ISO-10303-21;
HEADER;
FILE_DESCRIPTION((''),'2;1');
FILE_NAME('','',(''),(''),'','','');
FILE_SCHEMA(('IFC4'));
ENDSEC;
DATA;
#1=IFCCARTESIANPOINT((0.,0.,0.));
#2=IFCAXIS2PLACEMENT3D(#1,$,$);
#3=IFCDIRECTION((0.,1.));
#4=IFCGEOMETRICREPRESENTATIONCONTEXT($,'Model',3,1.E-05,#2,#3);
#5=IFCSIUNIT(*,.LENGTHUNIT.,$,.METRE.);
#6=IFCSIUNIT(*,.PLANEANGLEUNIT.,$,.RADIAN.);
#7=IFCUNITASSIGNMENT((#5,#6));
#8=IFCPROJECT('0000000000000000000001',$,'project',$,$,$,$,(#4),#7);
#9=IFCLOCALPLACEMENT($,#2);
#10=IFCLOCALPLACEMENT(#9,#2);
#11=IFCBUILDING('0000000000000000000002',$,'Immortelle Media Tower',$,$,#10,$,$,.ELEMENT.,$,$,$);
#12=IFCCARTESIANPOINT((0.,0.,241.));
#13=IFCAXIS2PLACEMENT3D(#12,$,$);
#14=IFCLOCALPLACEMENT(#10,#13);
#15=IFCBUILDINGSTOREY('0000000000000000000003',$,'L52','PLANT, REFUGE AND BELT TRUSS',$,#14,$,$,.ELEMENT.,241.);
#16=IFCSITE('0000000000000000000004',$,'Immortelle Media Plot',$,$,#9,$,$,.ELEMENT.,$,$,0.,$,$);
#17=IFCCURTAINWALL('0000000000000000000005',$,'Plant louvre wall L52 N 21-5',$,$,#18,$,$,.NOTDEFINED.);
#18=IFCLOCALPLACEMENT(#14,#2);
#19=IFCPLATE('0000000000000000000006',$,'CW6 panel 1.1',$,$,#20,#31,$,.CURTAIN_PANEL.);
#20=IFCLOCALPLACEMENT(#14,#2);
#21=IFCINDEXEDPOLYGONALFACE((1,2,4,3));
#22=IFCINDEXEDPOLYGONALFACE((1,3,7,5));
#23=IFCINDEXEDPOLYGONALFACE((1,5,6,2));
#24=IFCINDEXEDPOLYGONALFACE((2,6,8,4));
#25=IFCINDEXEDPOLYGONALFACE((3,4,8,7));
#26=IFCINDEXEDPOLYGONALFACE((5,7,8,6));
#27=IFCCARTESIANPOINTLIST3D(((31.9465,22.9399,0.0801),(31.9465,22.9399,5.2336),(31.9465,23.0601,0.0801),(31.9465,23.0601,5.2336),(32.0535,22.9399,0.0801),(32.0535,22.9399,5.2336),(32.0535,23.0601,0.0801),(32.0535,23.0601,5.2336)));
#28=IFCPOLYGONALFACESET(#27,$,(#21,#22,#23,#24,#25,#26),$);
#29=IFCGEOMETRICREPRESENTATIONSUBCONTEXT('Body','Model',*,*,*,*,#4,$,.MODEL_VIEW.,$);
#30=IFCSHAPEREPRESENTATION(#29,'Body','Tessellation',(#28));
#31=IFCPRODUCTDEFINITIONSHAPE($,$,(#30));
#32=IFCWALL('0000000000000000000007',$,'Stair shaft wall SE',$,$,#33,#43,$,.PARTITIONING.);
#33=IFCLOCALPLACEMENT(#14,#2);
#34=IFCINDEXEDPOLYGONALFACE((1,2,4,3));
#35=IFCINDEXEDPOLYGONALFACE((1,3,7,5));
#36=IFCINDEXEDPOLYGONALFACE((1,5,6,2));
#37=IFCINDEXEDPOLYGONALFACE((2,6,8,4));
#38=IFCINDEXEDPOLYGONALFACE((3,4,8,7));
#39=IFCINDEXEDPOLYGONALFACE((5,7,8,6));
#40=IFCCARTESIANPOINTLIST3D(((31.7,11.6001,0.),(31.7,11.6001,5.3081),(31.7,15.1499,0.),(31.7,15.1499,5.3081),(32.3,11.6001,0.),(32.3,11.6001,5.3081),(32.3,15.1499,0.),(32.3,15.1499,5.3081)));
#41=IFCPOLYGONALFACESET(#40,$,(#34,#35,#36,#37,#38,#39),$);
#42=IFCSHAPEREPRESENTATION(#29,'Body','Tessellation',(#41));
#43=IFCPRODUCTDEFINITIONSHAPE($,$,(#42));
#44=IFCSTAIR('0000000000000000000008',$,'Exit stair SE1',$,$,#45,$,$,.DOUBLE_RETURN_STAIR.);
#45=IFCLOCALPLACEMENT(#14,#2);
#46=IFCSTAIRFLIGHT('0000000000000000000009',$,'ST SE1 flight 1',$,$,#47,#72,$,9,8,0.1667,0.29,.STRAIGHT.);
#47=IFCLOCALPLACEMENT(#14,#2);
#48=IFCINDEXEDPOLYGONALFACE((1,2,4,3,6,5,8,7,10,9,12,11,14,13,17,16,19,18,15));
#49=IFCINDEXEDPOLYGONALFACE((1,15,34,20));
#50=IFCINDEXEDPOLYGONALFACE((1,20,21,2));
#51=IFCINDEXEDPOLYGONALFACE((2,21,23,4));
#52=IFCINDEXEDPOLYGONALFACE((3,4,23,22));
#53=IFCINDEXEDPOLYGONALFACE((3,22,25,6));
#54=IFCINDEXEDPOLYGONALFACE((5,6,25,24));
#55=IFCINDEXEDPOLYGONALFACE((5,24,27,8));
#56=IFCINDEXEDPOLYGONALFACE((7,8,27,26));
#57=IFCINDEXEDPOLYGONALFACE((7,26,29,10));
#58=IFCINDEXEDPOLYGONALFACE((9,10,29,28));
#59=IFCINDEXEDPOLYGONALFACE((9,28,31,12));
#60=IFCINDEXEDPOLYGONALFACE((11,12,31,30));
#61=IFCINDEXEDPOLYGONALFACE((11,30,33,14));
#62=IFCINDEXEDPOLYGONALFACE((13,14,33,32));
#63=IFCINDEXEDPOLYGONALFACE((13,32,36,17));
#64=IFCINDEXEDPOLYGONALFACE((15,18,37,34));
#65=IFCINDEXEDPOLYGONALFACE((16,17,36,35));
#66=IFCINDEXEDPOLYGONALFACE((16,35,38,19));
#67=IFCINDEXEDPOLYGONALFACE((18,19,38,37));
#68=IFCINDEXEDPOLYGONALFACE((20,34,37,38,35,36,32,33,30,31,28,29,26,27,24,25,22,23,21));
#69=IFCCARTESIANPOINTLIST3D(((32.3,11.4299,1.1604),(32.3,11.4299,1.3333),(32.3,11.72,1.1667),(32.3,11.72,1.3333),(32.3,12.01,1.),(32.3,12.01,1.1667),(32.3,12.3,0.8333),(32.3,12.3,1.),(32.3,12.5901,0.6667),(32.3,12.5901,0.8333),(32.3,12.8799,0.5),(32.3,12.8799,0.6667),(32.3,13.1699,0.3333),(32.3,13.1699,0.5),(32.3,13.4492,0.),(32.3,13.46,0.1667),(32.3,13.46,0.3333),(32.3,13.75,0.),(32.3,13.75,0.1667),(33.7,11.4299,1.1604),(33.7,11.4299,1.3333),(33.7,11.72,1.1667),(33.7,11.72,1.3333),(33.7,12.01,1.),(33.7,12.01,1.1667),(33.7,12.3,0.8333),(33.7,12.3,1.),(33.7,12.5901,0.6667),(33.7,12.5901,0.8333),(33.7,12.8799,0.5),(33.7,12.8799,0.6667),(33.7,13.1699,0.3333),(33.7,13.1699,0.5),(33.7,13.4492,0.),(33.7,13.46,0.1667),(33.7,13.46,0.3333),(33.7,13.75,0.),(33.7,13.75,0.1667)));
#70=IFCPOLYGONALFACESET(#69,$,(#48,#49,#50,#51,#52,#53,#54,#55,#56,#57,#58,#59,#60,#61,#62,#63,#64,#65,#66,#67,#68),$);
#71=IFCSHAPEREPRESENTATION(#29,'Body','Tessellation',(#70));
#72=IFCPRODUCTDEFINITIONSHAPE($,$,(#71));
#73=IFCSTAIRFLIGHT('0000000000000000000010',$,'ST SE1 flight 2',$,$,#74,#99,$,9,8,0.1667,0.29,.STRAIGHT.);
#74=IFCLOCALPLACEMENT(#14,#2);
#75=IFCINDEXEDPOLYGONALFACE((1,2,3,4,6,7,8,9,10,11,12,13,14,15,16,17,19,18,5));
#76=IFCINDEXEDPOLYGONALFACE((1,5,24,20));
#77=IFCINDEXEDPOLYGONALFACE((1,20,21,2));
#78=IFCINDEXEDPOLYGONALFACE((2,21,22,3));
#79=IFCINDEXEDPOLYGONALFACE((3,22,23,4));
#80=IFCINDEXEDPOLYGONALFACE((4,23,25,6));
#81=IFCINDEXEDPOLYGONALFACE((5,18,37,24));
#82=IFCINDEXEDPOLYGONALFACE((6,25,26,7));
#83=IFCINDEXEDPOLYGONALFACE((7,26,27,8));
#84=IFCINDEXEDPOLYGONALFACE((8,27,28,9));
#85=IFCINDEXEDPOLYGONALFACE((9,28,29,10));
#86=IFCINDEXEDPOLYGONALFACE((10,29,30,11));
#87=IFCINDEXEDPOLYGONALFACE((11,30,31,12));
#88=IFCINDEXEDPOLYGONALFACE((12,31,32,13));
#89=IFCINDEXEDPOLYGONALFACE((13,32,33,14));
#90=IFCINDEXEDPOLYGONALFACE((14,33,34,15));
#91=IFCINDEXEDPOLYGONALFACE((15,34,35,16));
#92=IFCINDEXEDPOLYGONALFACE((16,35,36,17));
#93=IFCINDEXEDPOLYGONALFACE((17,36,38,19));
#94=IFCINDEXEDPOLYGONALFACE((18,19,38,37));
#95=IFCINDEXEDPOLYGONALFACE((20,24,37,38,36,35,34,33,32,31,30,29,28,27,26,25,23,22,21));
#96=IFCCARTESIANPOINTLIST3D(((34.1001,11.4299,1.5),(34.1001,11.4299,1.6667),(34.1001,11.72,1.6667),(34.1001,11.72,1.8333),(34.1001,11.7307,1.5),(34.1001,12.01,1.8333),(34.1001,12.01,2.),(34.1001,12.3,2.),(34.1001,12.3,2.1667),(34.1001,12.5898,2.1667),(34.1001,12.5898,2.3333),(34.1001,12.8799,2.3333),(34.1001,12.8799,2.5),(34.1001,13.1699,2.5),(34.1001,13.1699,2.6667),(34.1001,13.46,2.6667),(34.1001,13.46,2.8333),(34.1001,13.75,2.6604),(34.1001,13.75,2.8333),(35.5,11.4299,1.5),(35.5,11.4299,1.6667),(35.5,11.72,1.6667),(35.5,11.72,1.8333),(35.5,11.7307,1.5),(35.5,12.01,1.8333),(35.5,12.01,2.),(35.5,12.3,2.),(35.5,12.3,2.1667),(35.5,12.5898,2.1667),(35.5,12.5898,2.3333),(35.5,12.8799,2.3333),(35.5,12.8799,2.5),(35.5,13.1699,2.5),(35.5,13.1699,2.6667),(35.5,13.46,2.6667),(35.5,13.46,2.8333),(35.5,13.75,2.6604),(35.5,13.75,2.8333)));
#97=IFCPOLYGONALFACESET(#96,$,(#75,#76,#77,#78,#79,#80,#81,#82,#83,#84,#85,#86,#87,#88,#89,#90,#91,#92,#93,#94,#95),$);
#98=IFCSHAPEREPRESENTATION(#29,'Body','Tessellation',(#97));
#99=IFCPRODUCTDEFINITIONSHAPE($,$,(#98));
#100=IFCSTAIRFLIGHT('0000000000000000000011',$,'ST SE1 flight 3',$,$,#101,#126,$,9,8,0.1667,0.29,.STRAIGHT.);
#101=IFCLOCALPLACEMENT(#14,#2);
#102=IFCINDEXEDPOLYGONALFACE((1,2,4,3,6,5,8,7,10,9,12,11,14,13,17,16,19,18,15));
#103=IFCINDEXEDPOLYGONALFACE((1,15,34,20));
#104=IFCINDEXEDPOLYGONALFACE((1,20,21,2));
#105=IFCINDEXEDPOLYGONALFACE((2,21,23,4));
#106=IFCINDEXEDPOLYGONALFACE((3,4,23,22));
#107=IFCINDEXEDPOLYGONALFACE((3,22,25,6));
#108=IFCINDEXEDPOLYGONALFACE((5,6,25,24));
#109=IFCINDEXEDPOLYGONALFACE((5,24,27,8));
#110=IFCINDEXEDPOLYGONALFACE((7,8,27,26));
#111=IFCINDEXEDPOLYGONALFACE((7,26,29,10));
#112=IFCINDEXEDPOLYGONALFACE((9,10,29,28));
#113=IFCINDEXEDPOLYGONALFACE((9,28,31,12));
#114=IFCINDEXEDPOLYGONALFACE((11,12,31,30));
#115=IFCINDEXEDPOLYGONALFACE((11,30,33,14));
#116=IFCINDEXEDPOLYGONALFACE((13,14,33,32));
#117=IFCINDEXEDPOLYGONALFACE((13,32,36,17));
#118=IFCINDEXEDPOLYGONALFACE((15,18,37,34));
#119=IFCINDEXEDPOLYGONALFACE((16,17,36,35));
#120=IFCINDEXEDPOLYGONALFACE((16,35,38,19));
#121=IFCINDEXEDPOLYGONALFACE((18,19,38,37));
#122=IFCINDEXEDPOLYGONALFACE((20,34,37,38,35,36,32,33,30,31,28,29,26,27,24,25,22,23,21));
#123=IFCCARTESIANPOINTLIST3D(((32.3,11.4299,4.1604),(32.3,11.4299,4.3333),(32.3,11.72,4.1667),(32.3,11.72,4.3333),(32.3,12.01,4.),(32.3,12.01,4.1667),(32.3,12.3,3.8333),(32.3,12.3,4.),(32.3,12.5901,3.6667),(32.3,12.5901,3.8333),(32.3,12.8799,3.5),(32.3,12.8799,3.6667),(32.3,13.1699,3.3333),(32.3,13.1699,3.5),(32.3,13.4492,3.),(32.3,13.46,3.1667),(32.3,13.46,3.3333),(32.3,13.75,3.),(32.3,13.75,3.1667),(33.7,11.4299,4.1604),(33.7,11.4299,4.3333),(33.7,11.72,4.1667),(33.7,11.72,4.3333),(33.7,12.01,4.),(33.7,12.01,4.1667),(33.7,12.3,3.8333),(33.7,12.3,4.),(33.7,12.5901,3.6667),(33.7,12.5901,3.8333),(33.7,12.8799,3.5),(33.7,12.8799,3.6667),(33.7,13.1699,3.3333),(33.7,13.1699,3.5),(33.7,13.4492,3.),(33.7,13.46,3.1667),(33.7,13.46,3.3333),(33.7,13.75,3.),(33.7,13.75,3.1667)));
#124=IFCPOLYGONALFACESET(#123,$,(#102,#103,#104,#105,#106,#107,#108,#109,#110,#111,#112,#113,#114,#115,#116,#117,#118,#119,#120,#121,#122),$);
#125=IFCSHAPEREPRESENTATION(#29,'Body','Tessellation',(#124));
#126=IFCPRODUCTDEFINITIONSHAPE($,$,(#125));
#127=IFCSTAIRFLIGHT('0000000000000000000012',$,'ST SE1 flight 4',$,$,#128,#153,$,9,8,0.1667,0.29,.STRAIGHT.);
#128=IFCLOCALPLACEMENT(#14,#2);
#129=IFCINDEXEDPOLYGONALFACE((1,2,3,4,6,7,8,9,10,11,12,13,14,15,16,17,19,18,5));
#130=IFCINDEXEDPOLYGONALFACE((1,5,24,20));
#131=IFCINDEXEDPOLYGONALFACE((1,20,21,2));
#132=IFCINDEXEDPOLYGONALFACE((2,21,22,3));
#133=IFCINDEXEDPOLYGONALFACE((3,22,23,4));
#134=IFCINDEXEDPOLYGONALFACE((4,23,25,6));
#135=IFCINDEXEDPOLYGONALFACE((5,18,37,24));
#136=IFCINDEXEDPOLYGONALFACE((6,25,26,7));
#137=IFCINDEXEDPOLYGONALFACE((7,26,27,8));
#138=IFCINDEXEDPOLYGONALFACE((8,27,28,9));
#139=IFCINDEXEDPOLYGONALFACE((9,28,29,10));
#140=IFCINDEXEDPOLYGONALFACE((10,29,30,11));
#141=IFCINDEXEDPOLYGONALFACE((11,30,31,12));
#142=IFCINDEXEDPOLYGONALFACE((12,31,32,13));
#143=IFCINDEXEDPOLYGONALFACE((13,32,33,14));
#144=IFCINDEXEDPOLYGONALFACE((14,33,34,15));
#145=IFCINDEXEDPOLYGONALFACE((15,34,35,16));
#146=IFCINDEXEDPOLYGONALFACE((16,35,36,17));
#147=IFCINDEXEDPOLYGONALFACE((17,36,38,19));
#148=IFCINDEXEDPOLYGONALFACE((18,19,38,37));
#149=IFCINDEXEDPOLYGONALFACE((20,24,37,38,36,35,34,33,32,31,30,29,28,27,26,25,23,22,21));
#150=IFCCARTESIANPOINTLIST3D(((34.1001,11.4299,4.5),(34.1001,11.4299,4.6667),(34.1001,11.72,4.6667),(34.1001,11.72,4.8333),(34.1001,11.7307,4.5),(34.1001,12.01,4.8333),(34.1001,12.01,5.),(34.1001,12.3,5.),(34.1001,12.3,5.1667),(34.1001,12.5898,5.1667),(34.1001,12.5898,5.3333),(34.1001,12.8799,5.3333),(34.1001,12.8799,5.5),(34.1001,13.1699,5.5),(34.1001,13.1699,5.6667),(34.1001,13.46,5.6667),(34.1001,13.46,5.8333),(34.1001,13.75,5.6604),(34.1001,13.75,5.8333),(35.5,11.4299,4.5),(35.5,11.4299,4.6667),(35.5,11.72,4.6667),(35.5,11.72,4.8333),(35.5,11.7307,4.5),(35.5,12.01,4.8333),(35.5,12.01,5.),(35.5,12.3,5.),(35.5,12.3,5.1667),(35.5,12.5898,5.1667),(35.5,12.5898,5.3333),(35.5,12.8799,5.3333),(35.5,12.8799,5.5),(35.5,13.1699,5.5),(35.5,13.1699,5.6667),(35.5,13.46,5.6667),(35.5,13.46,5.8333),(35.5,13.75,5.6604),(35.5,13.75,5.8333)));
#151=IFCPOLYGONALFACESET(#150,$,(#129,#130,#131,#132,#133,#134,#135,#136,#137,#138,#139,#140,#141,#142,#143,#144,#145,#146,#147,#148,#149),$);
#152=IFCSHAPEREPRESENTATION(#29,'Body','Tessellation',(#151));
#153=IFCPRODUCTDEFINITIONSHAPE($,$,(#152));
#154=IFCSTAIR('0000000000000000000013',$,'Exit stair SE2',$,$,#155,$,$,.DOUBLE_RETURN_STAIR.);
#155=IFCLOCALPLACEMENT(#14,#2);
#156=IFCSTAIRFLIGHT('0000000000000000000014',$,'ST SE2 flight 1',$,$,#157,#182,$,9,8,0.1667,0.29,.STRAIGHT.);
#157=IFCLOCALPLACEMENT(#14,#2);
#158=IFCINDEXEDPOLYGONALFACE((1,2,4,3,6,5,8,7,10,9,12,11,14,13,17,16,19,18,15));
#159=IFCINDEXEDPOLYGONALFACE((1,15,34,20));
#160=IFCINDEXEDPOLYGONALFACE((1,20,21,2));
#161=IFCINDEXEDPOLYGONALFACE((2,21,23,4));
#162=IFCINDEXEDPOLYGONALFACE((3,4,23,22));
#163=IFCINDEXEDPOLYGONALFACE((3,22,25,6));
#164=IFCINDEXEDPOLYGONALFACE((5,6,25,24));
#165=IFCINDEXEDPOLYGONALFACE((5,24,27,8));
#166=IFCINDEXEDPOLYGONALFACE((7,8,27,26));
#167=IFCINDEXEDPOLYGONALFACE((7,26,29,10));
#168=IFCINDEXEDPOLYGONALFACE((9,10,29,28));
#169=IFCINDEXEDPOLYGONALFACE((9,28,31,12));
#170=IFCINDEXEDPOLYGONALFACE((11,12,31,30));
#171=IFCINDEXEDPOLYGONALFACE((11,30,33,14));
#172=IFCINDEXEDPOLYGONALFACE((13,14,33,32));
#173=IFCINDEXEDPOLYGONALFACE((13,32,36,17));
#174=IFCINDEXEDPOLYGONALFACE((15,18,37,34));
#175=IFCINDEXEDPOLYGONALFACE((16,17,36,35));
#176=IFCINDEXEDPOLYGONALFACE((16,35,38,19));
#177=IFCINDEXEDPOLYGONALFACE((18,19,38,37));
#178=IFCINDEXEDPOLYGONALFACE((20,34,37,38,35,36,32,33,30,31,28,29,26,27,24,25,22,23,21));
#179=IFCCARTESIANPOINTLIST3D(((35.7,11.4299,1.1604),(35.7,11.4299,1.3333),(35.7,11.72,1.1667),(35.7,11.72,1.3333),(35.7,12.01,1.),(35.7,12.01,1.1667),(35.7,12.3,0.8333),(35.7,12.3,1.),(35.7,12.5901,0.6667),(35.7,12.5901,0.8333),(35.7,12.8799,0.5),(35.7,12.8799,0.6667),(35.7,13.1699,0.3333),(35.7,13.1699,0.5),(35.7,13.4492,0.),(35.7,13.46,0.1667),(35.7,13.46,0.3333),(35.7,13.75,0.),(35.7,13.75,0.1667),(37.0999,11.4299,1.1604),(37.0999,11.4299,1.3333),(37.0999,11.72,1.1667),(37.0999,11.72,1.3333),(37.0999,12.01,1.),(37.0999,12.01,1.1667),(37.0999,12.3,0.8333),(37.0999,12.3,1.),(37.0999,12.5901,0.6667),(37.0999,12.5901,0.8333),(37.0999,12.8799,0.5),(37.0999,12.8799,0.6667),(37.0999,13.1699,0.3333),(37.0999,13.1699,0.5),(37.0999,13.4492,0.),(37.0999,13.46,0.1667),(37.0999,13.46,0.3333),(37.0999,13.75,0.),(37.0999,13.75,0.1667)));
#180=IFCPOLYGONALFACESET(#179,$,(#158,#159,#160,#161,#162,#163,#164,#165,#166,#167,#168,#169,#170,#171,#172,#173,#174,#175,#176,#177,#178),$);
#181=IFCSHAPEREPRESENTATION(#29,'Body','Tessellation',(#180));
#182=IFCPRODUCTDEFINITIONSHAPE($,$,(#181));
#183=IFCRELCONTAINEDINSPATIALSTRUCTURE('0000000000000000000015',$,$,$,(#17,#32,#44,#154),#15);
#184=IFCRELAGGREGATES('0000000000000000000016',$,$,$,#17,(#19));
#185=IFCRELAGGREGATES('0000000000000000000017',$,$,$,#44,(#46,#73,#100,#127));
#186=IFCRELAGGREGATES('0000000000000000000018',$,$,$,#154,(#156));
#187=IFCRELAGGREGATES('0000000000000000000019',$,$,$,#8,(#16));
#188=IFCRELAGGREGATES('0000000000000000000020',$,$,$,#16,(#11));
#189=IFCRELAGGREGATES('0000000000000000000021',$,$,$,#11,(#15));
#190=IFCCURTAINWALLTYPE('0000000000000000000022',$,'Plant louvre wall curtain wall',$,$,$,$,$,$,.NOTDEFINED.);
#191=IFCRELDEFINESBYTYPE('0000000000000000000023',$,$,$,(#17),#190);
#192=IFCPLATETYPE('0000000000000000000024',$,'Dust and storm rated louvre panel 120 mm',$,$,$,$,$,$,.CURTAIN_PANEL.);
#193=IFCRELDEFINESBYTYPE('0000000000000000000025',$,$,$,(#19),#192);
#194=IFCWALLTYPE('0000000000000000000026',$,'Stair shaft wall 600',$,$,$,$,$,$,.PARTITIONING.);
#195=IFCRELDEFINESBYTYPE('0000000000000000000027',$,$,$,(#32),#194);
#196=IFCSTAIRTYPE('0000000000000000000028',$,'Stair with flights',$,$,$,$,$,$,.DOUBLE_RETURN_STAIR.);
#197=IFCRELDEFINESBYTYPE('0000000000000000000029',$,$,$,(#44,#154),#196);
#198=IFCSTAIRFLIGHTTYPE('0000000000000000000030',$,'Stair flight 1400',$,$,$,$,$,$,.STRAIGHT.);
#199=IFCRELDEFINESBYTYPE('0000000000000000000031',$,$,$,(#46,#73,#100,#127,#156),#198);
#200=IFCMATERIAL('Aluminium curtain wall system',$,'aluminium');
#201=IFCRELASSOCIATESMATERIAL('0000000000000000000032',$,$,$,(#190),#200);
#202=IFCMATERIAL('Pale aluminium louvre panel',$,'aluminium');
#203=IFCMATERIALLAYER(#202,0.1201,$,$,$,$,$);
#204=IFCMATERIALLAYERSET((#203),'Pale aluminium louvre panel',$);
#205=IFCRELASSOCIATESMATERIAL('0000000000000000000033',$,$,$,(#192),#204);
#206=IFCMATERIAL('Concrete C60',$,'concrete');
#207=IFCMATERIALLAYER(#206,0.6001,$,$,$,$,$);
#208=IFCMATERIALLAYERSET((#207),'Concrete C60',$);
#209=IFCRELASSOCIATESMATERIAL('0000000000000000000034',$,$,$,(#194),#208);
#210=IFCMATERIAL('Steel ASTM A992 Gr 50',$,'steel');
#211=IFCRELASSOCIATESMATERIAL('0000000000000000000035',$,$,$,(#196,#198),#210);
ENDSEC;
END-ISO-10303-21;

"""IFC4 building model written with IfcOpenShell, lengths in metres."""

from ifc_helpers import new_model, si_unit, direction, frame, frame_2d, origin, origin_2d, place, context, subcontext, project, spatial, polyline, rectangle, outline, extrude, material, layer, layer_set, type_object, element, aggregate, save


model = new_model("IFC4")

# Units and contexts
model_context = context("Model", 3, precision=1e-05, world=origin(), true_north=direction((0.0, 1.0)))
body_context = subcontext(model_context, "Body", "Model", "MODEL_VIEW")
ifc_project = project(units=[si_unit("LENGTHUNIT", "METRE"), si_unit("PLANEANGLEUNIT", "RADIAN")], contexts=[model_context])

# Site, building, storey
site_placement = place(None, origin())
site = spatial("IfcSite", under=ifc_project, at=site_placement, Name="Immortelle Media Plot", CompositionType="ELEMENT", RefElevation=0.0)
building_placement = place(site_placement, origin())
building = spatial("IfcBuilding", under=site, at=building_placement, Name="Immortelle Media Tower", CompositionType="ELEMENT")
storey_placement = place(building_placement, frame((0.0, 0.0, 241.0)))
storey = spatial("IfcBuildingStorey", under=building, at=storey_placement, Name="L52", Description="PLANT, REFUGE AND BELT TRUSS", CompositionType="ELEMENT", Elevation=241.0)

# Shared definitions
ifc_material_1 = material(Name="Steel ASTM A992 Gr 50", Category="steel")

# Curtain wall
ifc_material_2 = material(Name="Aluminium curtain wall system", Category="aluminium")
curtain_wall_type = type_object("IfcCurtainWallType", Name="Plant louvre wall curtain wall", PredefinedType="NOTDEFINED", material=ifc_material_2)
curtain_wall_1_placement = place(storey_placement, origin())
curtain_wall_1 = element("IfcCurtainWall", 1, at=curtain_wall_1_placement, inside=storey, type_object=curtain_wall_type, Name="Plant louvre wall L52 N 21-5", PredefinedType="NOTDEFINED")

# Plate
ifc_material_3 = material(Name="Pale aluminium louvre panel", Category="aluminium")
ifc_layer_1 = layer(ifc_material_3, 0.1201)
ifc_layer_set_1 = layer_set([ifc_layer_1], Name="Pale aluminium louvre panel")
plate_type = type_object("IfcPlateType", Name="Dust and storm rated louvre panel 120 mm", PredefinedType="CURTAIN_PANEL", material=ifc_layer_set_1)
plate_1_placement = place(storey_placement, frame((32.0, 23.0, 0.0801), z_axis=(0.0, 0.0, 1.0), x_axis=(-1.0, 0.0, 0.0)))
plate_1 = element("IfcPlate", 2, at=plate_1_placement, type_object=plate_type, Name="CW6 panel 1.1", PredefinedType="CURTAIN_PANEL", context=body_context, shape_type="SweptSolid", body=[
    extrude(rectangle(XDim=0.1069, YDim=0.1201, at=origin_2d()), origin(), (0.0, 0.0, 1.0), 5.1536),
])
aggregate(curtain_wall_1, [plate_1])

# Wall
ifc_material_4 = material(Name="Concrete C60", Category="concrete")
ifc_layer_2 = layer(ifc_material_4, 0.6001)
ifc_layer_set_2 = layer_set([ifc_layer_2], Name="Concrete C60")
wall_type = type_object("IfcWallType", Name="Stair shaft wall 600", PredefinedType="PARTITIONING", material=ifc_layer_set_2)
wall_placement = place(storey_placement, frame((32.0, 11.6001, 0.0), z_axis=(0.0, 0.0, 1.0), x_axis=(0.0, 1.0, 0.0)))
element("IfcWall", 3, at=wall_placement, inside=storey, type_object=wall_type, Name="Stair shaft wall SE", PredefinedType="PARTITIONING", context=body_context, shape_type="SweptSolid", body=[
    extrude(rectangle(XDim=3.5498, YDim=0.6001, at=frame_2d((1.7749, 0.0))), origin(), (0.0, 0.0, 1.0), 5.3081),
])

# Stairs, stair flights
stair_type = type_object("IfcStairType", Name="Stair with flights", PredefinedType="DOUBLE_RETURN_STAIR", material=ifc_material_1)
stair_1_placement = place(storey_placement, origin())
stair_1 = element("IfcStair", 4, at=stair_1_placement, inside=storey, type_object=stair_type, Name="Exit stair SE1", PredefinedType="DOUBLE_RETURN_STAIR")
stair_flight_type = type_object("IfcStairFlightType", Name="Stair flight 1400", PredefinedType="STRAIGHT", material=ifc_material_1)
stair_flight_1_placement = place(storey_placement, frame((33.0, 13.75, 0.0), z_axis=(0.0, 0.0, 1.0), x_axis=(0.0, -1.0, 0.0)))
stair_flight_1 = element("IfcStairFlight", 5, at=stair_flight_1_placement, type_object=stair_flight_type, Name="ST SE1 flight 1", NumberOfRisers=9, NumberOfTreads=8, PredefinedType="STRAIGHT", RiserHeight=0.1667, TreadLength=0.29, context=body_context, shape_type="SweptSolid", body=[
    extrude(outline(polyline([(0.0, 0.0), (0.0, 0.1667), (0.29, 0.1667), (0.29, 0.3333), (0.5801, 0.3333), (0.5801, 0.5), (0.8701, 0.5), (0.8701, 0.6667), (1.1599, 0.6667), (1.1599, 0.8333), (1.45, 0.8333), (1.45, 1.0), (1.74, 1.0), (1.74, 1.1667), (2.03, 1.1667), (2.03, 1.3333), (2.3201, 1.3333), (2.3201, 1.5), (2.3201, 1.1604), (0.3008, 0.0), (0.0, 0.0)])), frame((0.0, 0.7, 0.0), z_axis=(0.0, -1.0, 0.0), x_axis=(1.0, 0.0, 0.0)), (0.0, 0.0, 1.0), 1.3999),
])
stair_flight_2_placement = place(storey_placement, frame((34.8, 11.4299, 1.5), z_axis=(0.0, 0.0, 1.0), x_axis=(0.0, 1.0, 0.0)))
stair_flight_2 = element("IfcStairFlight", 6, at=stair_flight_2_placement, type_object=stair_flight_type, Name="ST SE1 flight 2", NumberOfRisers=9, NumberOfTreads=8, PredefinedType="STRAIGHT", RiserHeight=0.1667, TreadLength=0.29, context=body_context, shape_type="SweptSolid", body=[
    extrude(outline(polyline([(0.0, 0.0), (0.0, 0.1667), (0.29, 0.1667), (0.29, 0.3333), (0.5801, 0.3333), (0.5801, 0.5), (0.8701, 0.5), (0.8701, 0.6667), (1.1599, 0.6667), (1.1599, 0.8333), (1.45, 0.8333), (1.45, 1.0), (1.74, 1.0), (1.74, 1.1667), (2.03, 1.1667), (2.03, 1.3333), (2.3201, 1.3333), (2.3201, 1.5), (2.3201, 1.1604), (0.3008, 0.0), (0.0, 0.0)])), frame((0.0, 0.7, 0.0), z_axis=(0.0, -1.0, 0.0), x_axis=(1.0, 0.0, 0.0)), (0.0, 0.0, 1.0), 1.3999),
])
stair_flight_3_placement = place(storey_placement, frame((33.0, 13.75, 3.0), z_axis=(0.0, 0.0, 1.0), x_axis=(0.0, -1.0, 0.0)))
stair_flight_3 = element("IfcStairFlight", 7, at=stair_flight_3_placement, type_object=stair_flight_type, Name="ST SE1 flight 3", NumberOfRisers=9, NumberOfTreads=8, PredefinedType="STRAIGHT", RiserHeight=0.1667, TreadLength=0.29, context=body_context, shape_type="SweptSolid", body=[
    extrude(outline(polyline([(0.0, 0.0), (0.0, 0.1667), (0.29, 0.1667), (0.29, 0.3333), (0.5801, 0.3333), (0.5801, 0.5), (0.8701, 0.5), (0.8701, 0.6667), (1.1599, 0.6667), (1.1599, 0.8333), (1.45, 0.8333), (1.45, 1.0), (1.74, 1.0), (1.74, 1.1667), (2.03, 1.1667), (2.03, 1.3333), (2.3201, 1.3333), (2.3201, 1.5), (2.3201, 1.1604), (0.3008, 0.0), (0.0, 0.0)])), frame((0.0, 0.7, 0.0), z_axis=(0.0, -1.0, 0.0), x_axis=(1.0, 0.0, 0.0)), (0.0, 0.0, 1.0), 1.3999),
])
stair_flight_4_placement = place(storey_placement, frame((34.8, 11.4299, 4.5), z_axis=(0.0, 0.0, 1.0), x_axis=(0.0, 1.0, 0.0)))
stair_flight_4 = element("IfcStairFlight", 8, at=stair_flight_4_placement, type_object=stair_flight_type, Name="ST SE1 flight 4", NumberOfRisers=9, NumberOfTreads=8, PredefinedType="STRAIGHT", RiserHeight=0.1667, TreadLength=0.29, context=body_context, shape_type="SweptSolid", body=[
    extrude(outline(polyline([(0.0, 0.0), (0.0, 0.1667), (0.29, 0.1667), (0.29, 0.3333), (0.5801, 0.3333), (0.5801, 0.5), (0.8701, 0.5), (0.8701, 0.6667), (1.1599, 0.6667), (1.1599, 0.8333), (1.45, 0.8333), (1.45, 1.0), (1.74, 1.0), (1.74, 1.1667), (2.03, 1.1667), (2.03, 1.3333), (2.3201, 1.3333), (2.3201, 1.5), (2.3201, 1.1604), (0.3008, 0.0), (0.0, 0.0)])), frame((0.0, 0.7, 0.0), z_axis=(0.0, -1.0, 0.0), x_axis=(1.0, 0.0, 0.0)), (0.0, 0.0, 1.0), 1.3999),
])
aggregate(stair_1, [stair_flight_1, stair_flight_2, stair_flight_3, stair_flight_4])
stair_2_placement = place(storey_placement, origin())
stair_2 = element("IfcStair", 9, at=stair_2_placement, inside=storey, type_object=stair_type, Name="Exit stair SE2", PredefinedType="DOUBLE_RETURN_STAIR")
stair_flight_5_placement = place(storey_placement, frame((36.3999, 13.75, 0.0), z_axis=(0.0, 0.0, 1.0), x_axis=(0.0, -1.0, 0.0)))
stair_flight_5 = element("IfcStairFlight", 10, at=stair_flight_5_placement, type_object=stair_flight_type, Name="ST SE2 flight 1", NumberOfRisers=9, NumberOfTreads=8, PredefinedType="STRAIGHT", RiserHeight=0.1667, TreadLength=0.29, context=body_context, shape_type="SweptSolid", body=[
    extrude(outline(polyline([(0.0, 0.0), (0.0, 0.1667), (0.29, 0.1667), (0.29, 0.3333), (0.5801, 0.3333), (0.5801, 0.5), (0.8701, 0.5), (0.8701, 0.6667), (1.1599, 0.6667), (1.1599, 0.8333), (1.45, 0.8333), (1.45, 1.0), (1.74, 1.0), (1.74, 1.1667), (2.03, 1.1667), (2.03, 1.3333), (2.3201, 1.3333), (2.3201, 1.5), (2.3201, 1.1604), (0.3008, 0.0), (0.0, 0.0)])), frame((0.0, 0.7, 0.0), z_axis=(0.0, -1.0, 0.0), x_axis=(1.0, 0.0, 0.0)), (0.0, 0.0, 1.0), 1.3999),
])
aggregate(stair_2, [stair_flight_5])

save(model, "model.ifc")
